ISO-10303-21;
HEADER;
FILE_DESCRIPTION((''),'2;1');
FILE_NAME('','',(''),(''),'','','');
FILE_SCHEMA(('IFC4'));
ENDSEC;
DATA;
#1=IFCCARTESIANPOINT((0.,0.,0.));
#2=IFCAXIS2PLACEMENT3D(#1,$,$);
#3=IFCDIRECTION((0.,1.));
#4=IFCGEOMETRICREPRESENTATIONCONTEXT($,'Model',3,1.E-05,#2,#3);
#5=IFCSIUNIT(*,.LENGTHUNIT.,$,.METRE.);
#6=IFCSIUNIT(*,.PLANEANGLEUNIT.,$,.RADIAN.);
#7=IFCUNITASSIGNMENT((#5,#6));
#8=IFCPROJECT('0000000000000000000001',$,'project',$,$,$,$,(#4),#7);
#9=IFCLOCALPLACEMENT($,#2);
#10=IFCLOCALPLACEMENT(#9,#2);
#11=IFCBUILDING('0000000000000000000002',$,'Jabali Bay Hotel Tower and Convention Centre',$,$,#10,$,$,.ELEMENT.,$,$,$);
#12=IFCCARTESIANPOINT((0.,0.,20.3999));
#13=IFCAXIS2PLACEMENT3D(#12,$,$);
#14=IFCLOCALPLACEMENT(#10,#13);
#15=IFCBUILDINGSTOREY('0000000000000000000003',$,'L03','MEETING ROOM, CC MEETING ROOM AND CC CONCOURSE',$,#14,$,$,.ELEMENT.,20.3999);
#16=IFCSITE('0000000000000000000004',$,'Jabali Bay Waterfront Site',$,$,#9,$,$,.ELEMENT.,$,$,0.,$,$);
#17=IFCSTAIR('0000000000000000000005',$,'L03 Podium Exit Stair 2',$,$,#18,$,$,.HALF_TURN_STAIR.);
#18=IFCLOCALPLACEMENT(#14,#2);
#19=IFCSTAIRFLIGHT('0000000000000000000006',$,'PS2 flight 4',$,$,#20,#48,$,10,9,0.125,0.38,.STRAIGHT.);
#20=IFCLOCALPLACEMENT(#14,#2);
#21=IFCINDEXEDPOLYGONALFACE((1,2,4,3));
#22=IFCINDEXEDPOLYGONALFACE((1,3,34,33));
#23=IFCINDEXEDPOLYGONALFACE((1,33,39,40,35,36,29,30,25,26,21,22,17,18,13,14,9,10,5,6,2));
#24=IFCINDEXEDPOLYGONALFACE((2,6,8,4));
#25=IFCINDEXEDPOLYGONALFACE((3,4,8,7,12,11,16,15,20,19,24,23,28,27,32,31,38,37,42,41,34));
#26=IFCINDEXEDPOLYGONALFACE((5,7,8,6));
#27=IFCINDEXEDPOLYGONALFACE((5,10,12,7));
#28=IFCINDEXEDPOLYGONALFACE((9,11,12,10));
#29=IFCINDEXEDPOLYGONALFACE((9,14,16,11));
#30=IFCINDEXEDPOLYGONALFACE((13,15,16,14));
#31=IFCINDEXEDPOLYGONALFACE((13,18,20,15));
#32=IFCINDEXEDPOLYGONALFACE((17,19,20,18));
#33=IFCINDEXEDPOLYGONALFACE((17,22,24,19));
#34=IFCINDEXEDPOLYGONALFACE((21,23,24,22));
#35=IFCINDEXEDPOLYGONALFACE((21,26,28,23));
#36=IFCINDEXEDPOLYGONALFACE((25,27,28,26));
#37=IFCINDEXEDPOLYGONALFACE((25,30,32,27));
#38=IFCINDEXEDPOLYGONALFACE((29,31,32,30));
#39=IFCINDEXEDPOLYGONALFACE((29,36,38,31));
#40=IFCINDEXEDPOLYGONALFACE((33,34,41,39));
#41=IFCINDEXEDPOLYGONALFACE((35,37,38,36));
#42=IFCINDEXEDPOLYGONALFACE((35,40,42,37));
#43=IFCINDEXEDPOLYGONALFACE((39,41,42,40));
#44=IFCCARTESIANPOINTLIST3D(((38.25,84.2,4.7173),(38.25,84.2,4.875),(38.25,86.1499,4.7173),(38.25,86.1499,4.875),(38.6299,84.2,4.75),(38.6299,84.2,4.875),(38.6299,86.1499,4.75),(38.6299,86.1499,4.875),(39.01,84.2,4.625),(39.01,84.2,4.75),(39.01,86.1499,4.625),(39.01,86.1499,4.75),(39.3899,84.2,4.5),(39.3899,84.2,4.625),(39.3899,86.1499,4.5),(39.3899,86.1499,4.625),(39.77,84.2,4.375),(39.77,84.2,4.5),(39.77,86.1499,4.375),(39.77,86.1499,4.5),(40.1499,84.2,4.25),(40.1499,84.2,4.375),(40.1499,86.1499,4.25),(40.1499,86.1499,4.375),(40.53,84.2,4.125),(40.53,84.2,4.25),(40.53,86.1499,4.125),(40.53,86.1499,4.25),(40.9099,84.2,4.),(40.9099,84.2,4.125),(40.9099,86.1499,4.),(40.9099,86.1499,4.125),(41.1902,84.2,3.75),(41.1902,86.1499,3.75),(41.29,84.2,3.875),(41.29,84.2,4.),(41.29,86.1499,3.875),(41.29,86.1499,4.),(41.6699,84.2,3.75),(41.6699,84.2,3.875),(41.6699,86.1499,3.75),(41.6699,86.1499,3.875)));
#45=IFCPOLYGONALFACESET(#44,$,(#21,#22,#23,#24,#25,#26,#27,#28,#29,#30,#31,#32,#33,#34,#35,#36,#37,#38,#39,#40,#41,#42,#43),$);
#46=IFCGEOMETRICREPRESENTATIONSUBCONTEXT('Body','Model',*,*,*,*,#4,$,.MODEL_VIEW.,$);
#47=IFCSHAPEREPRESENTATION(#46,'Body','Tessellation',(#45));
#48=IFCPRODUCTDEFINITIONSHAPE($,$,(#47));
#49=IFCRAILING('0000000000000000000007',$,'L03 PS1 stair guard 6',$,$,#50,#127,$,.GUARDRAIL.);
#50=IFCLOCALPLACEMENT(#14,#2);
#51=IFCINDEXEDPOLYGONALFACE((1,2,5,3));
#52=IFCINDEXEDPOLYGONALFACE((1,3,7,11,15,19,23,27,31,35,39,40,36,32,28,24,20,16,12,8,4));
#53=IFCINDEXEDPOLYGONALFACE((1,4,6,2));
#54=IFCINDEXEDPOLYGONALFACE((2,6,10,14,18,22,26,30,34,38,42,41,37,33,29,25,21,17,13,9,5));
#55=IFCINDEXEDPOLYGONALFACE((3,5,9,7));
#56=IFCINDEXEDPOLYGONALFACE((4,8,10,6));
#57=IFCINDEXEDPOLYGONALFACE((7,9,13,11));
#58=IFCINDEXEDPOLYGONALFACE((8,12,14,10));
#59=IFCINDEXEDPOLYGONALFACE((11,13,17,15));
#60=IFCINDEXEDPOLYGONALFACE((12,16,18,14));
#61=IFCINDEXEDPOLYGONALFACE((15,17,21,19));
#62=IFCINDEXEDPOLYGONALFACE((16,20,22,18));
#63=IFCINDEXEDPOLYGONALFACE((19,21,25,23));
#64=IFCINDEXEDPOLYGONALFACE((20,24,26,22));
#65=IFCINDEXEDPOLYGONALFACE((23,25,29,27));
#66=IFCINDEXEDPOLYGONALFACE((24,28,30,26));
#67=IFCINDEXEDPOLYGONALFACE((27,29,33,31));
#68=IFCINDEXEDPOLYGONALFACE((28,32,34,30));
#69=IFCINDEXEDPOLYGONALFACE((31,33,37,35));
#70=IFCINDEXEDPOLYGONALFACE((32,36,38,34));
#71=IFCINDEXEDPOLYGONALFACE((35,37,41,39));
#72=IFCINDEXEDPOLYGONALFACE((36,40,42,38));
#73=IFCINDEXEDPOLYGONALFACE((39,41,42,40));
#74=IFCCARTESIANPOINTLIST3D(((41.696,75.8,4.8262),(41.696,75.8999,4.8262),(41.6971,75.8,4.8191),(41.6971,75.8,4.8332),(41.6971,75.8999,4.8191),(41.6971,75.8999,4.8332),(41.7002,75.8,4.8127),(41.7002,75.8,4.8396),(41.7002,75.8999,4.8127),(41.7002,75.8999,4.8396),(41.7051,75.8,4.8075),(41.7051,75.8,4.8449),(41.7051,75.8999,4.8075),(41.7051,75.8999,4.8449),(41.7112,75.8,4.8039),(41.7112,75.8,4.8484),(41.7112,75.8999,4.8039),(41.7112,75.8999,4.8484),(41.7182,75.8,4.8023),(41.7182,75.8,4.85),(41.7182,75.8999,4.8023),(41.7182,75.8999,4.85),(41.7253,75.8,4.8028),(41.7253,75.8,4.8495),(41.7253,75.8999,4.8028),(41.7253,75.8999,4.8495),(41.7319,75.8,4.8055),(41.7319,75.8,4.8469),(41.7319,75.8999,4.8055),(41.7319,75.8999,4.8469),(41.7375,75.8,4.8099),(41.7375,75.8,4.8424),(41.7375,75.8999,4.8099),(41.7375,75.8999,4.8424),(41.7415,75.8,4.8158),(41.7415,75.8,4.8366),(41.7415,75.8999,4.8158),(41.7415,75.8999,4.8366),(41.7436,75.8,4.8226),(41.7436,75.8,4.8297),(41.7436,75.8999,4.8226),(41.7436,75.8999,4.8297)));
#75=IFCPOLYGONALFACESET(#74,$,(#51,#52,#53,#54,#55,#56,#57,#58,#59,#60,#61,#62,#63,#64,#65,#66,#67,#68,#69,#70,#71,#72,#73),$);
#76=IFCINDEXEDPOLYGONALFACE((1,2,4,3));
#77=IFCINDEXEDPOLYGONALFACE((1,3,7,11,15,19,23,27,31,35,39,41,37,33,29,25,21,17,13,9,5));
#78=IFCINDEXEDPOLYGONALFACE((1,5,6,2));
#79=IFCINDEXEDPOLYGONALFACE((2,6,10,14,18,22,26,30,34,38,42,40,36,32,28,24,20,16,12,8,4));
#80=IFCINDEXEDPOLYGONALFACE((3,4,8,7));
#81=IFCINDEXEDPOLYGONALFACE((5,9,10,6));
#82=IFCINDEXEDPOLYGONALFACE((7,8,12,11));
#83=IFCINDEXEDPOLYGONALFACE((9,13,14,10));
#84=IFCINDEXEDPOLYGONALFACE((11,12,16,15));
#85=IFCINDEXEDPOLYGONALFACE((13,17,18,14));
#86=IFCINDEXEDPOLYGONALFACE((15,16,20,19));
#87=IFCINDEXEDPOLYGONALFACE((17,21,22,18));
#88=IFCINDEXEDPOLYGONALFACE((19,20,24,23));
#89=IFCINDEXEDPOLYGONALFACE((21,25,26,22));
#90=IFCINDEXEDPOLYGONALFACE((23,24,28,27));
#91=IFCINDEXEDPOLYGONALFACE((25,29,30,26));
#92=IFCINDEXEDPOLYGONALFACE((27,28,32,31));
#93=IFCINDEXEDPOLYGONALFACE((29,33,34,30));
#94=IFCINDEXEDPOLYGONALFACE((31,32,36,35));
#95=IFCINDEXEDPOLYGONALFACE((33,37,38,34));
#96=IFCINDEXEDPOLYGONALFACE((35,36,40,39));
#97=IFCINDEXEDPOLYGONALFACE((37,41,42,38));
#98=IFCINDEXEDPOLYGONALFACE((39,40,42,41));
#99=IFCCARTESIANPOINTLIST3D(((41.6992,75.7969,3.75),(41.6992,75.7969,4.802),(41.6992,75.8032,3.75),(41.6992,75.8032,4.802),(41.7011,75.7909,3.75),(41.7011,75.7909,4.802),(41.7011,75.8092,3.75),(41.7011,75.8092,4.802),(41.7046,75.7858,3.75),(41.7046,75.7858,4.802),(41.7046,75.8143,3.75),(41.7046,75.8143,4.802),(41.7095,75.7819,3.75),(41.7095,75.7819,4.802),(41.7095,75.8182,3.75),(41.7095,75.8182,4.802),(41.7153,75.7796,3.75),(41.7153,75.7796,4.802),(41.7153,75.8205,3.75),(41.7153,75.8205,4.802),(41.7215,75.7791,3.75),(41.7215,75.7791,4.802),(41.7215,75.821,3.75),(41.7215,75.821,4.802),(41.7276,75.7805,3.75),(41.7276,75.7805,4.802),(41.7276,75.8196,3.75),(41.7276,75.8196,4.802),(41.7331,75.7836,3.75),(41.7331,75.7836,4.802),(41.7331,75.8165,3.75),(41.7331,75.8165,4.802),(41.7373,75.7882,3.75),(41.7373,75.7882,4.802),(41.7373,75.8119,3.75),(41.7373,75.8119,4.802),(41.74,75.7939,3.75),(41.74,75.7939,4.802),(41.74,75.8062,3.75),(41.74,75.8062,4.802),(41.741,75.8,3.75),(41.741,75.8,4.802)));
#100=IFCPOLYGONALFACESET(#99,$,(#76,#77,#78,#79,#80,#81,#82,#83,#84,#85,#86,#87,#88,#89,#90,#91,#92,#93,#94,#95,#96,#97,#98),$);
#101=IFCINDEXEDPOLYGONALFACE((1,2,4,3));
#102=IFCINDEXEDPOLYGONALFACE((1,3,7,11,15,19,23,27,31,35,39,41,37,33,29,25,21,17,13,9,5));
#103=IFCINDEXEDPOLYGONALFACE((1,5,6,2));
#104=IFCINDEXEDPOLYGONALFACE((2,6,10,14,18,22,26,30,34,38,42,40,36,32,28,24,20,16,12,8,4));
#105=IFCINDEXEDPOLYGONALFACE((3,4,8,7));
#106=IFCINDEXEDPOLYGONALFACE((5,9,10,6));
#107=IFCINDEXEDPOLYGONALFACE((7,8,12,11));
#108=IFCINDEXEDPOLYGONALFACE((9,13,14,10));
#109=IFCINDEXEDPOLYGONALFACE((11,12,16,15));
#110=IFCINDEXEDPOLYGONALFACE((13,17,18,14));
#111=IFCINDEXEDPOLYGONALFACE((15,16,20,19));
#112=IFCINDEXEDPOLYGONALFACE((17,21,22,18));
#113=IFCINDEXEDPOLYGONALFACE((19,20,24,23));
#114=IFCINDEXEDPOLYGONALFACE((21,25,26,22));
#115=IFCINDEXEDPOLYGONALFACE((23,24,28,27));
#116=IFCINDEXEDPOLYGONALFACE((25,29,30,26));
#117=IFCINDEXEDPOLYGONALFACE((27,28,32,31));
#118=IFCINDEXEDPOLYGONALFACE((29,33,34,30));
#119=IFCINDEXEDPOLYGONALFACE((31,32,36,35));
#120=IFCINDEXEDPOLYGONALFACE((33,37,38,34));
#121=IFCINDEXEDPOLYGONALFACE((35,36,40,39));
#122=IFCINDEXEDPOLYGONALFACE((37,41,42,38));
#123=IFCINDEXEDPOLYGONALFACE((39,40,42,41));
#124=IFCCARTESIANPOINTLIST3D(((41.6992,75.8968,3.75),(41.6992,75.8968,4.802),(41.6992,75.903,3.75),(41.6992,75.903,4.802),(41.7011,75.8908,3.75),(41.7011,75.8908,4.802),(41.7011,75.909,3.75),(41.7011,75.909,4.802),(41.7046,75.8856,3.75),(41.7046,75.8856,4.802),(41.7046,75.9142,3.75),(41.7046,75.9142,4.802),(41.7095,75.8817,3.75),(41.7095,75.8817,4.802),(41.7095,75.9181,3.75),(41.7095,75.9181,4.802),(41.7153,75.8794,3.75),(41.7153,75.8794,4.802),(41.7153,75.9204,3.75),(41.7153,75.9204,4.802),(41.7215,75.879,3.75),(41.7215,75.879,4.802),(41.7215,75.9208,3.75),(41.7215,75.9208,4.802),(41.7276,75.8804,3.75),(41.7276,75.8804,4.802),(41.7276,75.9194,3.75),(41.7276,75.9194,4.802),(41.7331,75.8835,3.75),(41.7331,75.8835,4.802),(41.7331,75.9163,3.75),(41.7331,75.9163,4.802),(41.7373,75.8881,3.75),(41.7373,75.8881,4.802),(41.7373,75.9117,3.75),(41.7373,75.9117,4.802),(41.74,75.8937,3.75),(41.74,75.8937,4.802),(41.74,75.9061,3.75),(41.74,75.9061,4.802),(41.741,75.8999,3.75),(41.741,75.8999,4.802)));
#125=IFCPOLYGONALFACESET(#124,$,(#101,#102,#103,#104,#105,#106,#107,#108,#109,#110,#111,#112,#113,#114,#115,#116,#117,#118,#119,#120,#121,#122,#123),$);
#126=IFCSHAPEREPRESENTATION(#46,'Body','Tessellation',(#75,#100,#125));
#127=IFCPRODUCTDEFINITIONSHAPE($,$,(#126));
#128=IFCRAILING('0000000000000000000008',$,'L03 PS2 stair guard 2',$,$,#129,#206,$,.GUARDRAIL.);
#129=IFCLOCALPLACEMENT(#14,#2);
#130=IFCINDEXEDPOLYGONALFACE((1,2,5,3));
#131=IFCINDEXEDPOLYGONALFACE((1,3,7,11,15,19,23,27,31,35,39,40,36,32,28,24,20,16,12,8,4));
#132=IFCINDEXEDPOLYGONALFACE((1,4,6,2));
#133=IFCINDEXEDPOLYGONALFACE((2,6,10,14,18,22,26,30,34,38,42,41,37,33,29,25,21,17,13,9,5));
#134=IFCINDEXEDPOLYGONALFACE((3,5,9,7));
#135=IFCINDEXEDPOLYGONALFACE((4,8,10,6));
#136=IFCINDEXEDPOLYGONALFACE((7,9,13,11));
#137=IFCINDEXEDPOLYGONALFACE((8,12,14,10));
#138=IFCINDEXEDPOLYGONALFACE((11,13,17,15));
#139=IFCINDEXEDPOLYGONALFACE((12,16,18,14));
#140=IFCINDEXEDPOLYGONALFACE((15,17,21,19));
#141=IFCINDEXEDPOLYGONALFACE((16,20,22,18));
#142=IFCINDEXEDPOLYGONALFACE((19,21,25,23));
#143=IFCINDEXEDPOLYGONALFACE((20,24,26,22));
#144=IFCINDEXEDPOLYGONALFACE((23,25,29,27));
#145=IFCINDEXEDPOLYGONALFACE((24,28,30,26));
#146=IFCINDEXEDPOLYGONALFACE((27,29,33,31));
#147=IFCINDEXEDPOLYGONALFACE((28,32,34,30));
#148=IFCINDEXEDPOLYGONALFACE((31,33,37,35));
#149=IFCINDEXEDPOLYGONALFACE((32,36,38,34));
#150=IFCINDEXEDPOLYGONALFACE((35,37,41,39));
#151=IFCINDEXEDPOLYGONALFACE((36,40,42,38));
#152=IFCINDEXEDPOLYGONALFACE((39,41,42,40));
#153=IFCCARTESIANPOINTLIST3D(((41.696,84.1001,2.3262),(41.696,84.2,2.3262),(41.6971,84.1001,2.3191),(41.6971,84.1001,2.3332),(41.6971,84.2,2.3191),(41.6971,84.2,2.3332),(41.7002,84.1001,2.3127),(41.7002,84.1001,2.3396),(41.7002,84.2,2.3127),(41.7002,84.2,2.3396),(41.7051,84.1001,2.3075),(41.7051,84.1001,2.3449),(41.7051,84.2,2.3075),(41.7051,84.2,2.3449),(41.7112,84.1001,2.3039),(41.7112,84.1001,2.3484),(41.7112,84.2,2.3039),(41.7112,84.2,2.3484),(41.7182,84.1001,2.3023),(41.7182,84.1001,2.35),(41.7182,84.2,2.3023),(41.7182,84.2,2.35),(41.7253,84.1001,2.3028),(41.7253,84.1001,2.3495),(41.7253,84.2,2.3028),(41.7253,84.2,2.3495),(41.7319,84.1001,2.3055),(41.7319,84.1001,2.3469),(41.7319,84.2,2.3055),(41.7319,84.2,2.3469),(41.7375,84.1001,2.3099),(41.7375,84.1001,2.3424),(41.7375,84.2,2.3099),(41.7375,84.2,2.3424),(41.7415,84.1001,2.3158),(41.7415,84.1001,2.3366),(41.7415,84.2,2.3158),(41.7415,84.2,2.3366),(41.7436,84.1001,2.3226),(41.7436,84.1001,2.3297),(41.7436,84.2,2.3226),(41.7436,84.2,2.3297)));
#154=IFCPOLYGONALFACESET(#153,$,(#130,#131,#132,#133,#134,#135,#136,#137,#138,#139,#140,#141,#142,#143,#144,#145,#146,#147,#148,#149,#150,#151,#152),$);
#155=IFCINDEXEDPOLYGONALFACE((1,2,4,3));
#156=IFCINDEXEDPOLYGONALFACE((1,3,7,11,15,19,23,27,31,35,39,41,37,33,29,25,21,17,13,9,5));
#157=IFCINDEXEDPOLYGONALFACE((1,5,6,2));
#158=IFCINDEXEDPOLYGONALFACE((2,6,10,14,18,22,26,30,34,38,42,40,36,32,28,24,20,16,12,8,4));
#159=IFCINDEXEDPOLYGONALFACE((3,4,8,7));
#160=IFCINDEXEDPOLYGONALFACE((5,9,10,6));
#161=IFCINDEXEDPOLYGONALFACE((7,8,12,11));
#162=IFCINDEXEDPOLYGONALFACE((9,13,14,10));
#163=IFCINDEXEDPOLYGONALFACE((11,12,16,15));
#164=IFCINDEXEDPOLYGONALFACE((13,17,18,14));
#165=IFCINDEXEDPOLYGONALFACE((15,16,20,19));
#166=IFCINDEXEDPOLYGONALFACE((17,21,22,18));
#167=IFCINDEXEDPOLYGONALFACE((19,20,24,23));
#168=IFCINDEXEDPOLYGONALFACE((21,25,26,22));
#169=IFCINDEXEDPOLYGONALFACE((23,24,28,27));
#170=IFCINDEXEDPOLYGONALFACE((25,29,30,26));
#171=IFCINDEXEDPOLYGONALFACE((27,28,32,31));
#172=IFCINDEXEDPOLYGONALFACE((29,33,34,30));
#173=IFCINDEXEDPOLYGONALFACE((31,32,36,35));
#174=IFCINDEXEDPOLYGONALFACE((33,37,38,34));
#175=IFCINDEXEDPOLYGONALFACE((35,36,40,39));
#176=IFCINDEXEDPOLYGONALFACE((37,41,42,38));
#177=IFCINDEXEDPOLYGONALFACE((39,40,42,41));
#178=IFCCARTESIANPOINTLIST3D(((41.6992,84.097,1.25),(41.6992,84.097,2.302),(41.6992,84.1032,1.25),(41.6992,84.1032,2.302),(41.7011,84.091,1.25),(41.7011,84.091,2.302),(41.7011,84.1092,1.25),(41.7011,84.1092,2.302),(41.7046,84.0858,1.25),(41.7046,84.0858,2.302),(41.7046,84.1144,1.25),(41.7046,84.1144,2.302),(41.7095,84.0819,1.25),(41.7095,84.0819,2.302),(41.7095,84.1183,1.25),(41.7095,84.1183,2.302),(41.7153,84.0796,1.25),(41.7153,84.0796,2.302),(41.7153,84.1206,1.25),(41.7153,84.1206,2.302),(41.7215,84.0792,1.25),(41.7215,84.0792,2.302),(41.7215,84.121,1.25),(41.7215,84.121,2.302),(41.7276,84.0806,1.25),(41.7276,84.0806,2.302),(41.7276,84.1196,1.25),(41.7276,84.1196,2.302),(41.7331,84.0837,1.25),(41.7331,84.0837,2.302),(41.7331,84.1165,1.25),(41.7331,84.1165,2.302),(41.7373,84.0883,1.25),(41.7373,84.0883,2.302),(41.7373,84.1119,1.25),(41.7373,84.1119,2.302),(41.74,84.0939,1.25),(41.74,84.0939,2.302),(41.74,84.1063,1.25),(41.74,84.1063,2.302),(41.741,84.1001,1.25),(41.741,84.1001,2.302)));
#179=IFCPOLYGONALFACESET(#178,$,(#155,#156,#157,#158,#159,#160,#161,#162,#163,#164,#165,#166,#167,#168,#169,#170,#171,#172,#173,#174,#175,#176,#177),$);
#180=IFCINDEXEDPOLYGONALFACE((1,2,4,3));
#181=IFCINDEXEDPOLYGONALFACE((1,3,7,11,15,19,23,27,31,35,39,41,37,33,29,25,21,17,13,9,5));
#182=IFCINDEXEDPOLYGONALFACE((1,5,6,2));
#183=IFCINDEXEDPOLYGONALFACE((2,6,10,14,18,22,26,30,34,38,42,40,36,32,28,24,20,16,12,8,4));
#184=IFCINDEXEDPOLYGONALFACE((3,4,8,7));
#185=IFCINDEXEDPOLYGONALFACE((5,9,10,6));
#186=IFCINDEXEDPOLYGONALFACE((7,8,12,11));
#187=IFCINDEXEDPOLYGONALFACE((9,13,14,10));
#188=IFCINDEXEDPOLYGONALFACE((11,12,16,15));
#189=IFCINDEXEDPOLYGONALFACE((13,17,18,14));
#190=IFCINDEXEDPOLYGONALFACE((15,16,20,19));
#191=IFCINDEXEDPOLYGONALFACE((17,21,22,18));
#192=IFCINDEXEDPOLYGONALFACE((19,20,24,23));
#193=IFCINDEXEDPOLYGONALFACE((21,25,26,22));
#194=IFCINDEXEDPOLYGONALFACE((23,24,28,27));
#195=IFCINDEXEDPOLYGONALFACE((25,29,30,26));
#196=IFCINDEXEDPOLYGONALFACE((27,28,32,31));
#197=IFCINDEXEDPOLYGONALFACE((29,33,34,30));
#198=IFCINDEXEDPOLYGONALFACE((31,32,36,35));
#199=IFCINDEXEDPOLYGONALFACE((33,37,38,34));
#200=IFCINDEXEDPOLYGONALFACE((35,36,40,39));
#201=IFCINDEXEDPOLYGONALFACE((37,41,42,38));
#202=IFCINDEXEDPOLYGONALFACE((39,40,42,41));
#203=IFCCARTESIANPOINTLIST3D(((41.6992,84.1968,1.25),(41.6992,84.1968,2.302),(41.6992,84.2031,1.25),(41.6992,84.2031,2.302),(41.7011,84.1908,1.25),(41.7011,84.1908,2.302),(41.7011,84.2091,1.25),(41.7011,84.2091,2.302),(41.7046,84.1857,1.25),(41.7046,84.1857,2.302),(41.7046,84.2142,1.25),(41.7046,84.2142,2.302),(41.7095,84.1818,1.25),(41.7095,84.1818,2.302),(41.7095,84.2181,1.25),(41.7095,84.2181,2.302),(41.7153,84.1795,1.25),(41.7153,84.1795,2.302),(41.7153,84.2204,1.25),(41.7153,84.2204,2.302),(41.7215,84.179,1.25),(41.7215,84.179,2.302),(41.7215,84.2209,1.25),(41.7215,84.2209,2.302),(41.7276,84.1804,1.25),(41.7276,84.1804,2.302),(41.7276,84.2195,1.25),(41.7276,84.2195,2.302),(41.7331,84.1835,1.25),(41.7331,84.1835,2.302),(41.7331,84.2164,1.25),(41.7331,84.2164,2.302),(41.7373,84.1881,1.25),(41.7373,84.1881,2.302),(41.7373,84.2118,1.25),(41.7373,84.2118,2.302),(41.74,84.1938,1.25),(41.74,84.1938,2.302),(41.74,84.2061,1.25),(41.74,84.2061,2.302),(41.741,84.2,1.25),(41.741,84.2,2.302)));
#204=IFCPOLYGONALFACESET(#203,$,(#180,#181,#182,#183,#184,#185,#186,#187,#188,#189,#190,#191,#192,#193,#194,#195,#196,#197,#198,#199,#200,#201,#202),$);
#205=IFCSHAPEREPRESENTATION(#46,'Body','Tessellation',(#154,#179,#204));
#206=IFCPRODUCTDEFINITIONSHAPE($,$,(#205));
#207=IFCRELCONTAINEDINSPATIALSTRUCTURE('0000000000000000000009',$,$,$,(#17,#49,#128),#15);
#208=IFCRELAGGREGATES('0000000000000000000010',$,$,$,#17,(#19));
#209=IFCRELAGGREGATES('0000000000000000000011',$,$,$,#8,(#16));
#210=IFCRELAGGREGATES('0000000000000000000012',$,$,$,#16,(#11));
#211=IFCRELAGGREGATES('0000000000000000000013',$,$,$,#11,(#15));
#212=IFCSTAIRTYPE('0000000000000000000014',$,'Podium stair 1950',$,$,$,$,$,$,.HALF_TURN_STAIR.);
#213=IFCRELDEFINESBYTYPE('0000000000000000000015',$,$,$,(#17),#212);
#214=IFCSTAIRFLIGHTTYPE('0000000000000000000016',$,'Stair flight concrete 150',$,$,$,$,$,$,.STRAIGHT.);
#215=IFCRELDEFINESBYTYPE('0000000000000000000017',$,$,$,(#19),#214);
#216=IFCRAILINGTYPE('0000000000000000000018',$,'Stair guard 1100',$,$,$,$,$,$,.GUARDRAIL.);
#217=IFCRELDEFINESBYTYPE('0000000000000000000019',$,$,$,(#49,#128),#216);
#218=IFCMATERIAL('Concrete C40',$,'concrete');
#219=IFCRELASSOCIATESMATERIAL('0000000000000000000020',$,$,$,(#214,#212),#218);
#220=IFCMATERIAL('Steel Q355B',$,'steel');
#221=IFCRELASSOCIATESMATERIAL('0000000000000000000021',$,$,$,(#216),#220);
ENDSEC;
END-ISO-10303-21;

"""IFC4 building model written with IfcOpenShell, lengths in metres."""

from ifc_helpers import new_model, si_unit, direction, frame, origin, origin_2d, place, context, subcontext, project, spatial, polyline, circle, outline, extrude, material, type_object, element, aggregate, save


model = new_model("IFC4")

# Units and contexts
model_context = context("Model", 3, precision=1e-05, world=origin(), true_north=direction((0.0, 1.0)))
body_context = subcontext(model_context, "Body", "Model", "MODEL_VIEW")
ifc_project = project(units=[si_unit("LENGTHUNIT", "METRE"), si_unit("PLANEANGLEUNIT", "RADIAN")], contexts=[model_context])

# Site, building, storey
site_placement = place(None, origin())
site = spatial("IfcSite", under=ifc_project, at=site_placement, Name="Jabali Bay Waterfront Site", CompositionType="ELEMENT", RefElevation=0.0)
building_placement = place(site_placement, origin())
building = spatial("IfcBuilding", under=site, at=building_placement, Name="Jabali Bay Hotel Tower and Convention Centre", CompositionType="ELEMENT")
storey_placement = place(building_placement, frame((0.0, 0.0, 20.3999)))
storey = spatial("IfcBuildingStorey", under=building, at=storey_placement, Name="L03", Description="MEETING ROOM, CC MEETING ROOM AND CC CONCOURSE", CompositionType="ELEMENT", Elevation=20.3999)

# Shared definitions
ifc_material_1 = material(Name="Concrete C40", Category="concrete")

# Stair, stair flight
stair_flight_type = type_object("IfcStairFlightType", Name="Stair flight concrete 150", PredefinedType="STRAIGHT", material=ifc_material_1)
stair_type_1 = type_object("IfcStairType", Name="Podium stair 1950", PredefinedType="HALF_TURN_STAIR", material=ifc_material_1)
stair_1_placement = place(storey_placement, origin())
stair_1 = element("IfcStair", 1, at=stair_1_placement, inside=storey, type_object=stair_type_1, Name="L03 Podium Exit Stair 2", PredefinedType="HALF_TURN_STAIR")
stair_flight_1_placement = place(storey_placement, frame((41.6699, 85.175, 3.75), z_axis=(0.0, 0.0, 1.0), x_axis=(-1.0, 0.0, 0.0)))
stair_flight_1 = element("IfcStairFlight", 2, at=stair_flight_1_placement, type_object=stair_flight_type, Name="PS2 flight 4", NumberOfRisers=10, NumberOfTreads=9, PredefinedType="STRAIGHT", RiserHeight=0.125, TreadLength=0.38, context=body_context, shape_type="SweptSolid", body=[
    extrude(outline(polyline([(0.0, 0.0), (0.0, 0.125), (0.3799, 0.125), (0.3799, 0.25), (0.76, 0.25), (0.76, 0.375), (1.1399, 0.375), (1.1399, 0.5), (1.52, 0.5), (1.52, 0.625), (1.8999, 0.625), (1.8999, 0.75), (2.28, 0.75), (2.28, 0.875), (2.6599, 0.875), (2.6599, 1.0), (3.04, 1.0), (3.04, 1.125), (3.4199, 1.125), (3.4199, 1.25), (3.4199, 0.9673), (0.4797, 0.0), (0.0, 0.0)])), frame((0.0, 0.9751, 0.0), z_axis=(0.0, -1.0, 0.0), x_axis=(1.0, 0.0, 0.0)), (0.0, 0.0, 1.0), 1.95),
])
aggregate(stair_1, [stair_flight_1])

# Railings
ifc_material_2 = material(Name="Steel Q355B", Category="steel")
railing_type_1 = type_object("IfcRailingType", Name="Stair guard 1100", PredefinedType="GUARDRAIL", material=ifc_material_2)
for number, where, name in (
    (3, (41.72, 75.8, 3.75), "L03 PS1 stair guard 6"),
    (4, (41.72, 84.1001, 1.25), "L03 PS2 stair guard 2"),
):
    element("IfcRailing", number, at=place(storey_placement, frame(where)), inside=storey, type_object=railing_type_1, Name=name, PredefinedType="GUARDRAIL", context=body_context, shape_type="SweptSolid", body=[
        extrude(circle(Radius=0.0239, at=origin_2d()), frame((0.0, 0.0, 1.0762), z_axis=(0.0, 1.0, 0.0), x_axis=(-1.0, 0.0, 0.0)), (0.0, 0.0, 1.0), 0.0999),
        extrude(circle(Radius=0.021, at=origin_2d()), origin(), (0.0, 0.0, 1.0), 1.052),
        extrude(circle(Radius=0.021, at=origin_2d()), frame((0.0, 0.0999, 0.0)), (0.0, 0.0, 1.0), 1.052),
    ])

save(model, "model.ifc")
